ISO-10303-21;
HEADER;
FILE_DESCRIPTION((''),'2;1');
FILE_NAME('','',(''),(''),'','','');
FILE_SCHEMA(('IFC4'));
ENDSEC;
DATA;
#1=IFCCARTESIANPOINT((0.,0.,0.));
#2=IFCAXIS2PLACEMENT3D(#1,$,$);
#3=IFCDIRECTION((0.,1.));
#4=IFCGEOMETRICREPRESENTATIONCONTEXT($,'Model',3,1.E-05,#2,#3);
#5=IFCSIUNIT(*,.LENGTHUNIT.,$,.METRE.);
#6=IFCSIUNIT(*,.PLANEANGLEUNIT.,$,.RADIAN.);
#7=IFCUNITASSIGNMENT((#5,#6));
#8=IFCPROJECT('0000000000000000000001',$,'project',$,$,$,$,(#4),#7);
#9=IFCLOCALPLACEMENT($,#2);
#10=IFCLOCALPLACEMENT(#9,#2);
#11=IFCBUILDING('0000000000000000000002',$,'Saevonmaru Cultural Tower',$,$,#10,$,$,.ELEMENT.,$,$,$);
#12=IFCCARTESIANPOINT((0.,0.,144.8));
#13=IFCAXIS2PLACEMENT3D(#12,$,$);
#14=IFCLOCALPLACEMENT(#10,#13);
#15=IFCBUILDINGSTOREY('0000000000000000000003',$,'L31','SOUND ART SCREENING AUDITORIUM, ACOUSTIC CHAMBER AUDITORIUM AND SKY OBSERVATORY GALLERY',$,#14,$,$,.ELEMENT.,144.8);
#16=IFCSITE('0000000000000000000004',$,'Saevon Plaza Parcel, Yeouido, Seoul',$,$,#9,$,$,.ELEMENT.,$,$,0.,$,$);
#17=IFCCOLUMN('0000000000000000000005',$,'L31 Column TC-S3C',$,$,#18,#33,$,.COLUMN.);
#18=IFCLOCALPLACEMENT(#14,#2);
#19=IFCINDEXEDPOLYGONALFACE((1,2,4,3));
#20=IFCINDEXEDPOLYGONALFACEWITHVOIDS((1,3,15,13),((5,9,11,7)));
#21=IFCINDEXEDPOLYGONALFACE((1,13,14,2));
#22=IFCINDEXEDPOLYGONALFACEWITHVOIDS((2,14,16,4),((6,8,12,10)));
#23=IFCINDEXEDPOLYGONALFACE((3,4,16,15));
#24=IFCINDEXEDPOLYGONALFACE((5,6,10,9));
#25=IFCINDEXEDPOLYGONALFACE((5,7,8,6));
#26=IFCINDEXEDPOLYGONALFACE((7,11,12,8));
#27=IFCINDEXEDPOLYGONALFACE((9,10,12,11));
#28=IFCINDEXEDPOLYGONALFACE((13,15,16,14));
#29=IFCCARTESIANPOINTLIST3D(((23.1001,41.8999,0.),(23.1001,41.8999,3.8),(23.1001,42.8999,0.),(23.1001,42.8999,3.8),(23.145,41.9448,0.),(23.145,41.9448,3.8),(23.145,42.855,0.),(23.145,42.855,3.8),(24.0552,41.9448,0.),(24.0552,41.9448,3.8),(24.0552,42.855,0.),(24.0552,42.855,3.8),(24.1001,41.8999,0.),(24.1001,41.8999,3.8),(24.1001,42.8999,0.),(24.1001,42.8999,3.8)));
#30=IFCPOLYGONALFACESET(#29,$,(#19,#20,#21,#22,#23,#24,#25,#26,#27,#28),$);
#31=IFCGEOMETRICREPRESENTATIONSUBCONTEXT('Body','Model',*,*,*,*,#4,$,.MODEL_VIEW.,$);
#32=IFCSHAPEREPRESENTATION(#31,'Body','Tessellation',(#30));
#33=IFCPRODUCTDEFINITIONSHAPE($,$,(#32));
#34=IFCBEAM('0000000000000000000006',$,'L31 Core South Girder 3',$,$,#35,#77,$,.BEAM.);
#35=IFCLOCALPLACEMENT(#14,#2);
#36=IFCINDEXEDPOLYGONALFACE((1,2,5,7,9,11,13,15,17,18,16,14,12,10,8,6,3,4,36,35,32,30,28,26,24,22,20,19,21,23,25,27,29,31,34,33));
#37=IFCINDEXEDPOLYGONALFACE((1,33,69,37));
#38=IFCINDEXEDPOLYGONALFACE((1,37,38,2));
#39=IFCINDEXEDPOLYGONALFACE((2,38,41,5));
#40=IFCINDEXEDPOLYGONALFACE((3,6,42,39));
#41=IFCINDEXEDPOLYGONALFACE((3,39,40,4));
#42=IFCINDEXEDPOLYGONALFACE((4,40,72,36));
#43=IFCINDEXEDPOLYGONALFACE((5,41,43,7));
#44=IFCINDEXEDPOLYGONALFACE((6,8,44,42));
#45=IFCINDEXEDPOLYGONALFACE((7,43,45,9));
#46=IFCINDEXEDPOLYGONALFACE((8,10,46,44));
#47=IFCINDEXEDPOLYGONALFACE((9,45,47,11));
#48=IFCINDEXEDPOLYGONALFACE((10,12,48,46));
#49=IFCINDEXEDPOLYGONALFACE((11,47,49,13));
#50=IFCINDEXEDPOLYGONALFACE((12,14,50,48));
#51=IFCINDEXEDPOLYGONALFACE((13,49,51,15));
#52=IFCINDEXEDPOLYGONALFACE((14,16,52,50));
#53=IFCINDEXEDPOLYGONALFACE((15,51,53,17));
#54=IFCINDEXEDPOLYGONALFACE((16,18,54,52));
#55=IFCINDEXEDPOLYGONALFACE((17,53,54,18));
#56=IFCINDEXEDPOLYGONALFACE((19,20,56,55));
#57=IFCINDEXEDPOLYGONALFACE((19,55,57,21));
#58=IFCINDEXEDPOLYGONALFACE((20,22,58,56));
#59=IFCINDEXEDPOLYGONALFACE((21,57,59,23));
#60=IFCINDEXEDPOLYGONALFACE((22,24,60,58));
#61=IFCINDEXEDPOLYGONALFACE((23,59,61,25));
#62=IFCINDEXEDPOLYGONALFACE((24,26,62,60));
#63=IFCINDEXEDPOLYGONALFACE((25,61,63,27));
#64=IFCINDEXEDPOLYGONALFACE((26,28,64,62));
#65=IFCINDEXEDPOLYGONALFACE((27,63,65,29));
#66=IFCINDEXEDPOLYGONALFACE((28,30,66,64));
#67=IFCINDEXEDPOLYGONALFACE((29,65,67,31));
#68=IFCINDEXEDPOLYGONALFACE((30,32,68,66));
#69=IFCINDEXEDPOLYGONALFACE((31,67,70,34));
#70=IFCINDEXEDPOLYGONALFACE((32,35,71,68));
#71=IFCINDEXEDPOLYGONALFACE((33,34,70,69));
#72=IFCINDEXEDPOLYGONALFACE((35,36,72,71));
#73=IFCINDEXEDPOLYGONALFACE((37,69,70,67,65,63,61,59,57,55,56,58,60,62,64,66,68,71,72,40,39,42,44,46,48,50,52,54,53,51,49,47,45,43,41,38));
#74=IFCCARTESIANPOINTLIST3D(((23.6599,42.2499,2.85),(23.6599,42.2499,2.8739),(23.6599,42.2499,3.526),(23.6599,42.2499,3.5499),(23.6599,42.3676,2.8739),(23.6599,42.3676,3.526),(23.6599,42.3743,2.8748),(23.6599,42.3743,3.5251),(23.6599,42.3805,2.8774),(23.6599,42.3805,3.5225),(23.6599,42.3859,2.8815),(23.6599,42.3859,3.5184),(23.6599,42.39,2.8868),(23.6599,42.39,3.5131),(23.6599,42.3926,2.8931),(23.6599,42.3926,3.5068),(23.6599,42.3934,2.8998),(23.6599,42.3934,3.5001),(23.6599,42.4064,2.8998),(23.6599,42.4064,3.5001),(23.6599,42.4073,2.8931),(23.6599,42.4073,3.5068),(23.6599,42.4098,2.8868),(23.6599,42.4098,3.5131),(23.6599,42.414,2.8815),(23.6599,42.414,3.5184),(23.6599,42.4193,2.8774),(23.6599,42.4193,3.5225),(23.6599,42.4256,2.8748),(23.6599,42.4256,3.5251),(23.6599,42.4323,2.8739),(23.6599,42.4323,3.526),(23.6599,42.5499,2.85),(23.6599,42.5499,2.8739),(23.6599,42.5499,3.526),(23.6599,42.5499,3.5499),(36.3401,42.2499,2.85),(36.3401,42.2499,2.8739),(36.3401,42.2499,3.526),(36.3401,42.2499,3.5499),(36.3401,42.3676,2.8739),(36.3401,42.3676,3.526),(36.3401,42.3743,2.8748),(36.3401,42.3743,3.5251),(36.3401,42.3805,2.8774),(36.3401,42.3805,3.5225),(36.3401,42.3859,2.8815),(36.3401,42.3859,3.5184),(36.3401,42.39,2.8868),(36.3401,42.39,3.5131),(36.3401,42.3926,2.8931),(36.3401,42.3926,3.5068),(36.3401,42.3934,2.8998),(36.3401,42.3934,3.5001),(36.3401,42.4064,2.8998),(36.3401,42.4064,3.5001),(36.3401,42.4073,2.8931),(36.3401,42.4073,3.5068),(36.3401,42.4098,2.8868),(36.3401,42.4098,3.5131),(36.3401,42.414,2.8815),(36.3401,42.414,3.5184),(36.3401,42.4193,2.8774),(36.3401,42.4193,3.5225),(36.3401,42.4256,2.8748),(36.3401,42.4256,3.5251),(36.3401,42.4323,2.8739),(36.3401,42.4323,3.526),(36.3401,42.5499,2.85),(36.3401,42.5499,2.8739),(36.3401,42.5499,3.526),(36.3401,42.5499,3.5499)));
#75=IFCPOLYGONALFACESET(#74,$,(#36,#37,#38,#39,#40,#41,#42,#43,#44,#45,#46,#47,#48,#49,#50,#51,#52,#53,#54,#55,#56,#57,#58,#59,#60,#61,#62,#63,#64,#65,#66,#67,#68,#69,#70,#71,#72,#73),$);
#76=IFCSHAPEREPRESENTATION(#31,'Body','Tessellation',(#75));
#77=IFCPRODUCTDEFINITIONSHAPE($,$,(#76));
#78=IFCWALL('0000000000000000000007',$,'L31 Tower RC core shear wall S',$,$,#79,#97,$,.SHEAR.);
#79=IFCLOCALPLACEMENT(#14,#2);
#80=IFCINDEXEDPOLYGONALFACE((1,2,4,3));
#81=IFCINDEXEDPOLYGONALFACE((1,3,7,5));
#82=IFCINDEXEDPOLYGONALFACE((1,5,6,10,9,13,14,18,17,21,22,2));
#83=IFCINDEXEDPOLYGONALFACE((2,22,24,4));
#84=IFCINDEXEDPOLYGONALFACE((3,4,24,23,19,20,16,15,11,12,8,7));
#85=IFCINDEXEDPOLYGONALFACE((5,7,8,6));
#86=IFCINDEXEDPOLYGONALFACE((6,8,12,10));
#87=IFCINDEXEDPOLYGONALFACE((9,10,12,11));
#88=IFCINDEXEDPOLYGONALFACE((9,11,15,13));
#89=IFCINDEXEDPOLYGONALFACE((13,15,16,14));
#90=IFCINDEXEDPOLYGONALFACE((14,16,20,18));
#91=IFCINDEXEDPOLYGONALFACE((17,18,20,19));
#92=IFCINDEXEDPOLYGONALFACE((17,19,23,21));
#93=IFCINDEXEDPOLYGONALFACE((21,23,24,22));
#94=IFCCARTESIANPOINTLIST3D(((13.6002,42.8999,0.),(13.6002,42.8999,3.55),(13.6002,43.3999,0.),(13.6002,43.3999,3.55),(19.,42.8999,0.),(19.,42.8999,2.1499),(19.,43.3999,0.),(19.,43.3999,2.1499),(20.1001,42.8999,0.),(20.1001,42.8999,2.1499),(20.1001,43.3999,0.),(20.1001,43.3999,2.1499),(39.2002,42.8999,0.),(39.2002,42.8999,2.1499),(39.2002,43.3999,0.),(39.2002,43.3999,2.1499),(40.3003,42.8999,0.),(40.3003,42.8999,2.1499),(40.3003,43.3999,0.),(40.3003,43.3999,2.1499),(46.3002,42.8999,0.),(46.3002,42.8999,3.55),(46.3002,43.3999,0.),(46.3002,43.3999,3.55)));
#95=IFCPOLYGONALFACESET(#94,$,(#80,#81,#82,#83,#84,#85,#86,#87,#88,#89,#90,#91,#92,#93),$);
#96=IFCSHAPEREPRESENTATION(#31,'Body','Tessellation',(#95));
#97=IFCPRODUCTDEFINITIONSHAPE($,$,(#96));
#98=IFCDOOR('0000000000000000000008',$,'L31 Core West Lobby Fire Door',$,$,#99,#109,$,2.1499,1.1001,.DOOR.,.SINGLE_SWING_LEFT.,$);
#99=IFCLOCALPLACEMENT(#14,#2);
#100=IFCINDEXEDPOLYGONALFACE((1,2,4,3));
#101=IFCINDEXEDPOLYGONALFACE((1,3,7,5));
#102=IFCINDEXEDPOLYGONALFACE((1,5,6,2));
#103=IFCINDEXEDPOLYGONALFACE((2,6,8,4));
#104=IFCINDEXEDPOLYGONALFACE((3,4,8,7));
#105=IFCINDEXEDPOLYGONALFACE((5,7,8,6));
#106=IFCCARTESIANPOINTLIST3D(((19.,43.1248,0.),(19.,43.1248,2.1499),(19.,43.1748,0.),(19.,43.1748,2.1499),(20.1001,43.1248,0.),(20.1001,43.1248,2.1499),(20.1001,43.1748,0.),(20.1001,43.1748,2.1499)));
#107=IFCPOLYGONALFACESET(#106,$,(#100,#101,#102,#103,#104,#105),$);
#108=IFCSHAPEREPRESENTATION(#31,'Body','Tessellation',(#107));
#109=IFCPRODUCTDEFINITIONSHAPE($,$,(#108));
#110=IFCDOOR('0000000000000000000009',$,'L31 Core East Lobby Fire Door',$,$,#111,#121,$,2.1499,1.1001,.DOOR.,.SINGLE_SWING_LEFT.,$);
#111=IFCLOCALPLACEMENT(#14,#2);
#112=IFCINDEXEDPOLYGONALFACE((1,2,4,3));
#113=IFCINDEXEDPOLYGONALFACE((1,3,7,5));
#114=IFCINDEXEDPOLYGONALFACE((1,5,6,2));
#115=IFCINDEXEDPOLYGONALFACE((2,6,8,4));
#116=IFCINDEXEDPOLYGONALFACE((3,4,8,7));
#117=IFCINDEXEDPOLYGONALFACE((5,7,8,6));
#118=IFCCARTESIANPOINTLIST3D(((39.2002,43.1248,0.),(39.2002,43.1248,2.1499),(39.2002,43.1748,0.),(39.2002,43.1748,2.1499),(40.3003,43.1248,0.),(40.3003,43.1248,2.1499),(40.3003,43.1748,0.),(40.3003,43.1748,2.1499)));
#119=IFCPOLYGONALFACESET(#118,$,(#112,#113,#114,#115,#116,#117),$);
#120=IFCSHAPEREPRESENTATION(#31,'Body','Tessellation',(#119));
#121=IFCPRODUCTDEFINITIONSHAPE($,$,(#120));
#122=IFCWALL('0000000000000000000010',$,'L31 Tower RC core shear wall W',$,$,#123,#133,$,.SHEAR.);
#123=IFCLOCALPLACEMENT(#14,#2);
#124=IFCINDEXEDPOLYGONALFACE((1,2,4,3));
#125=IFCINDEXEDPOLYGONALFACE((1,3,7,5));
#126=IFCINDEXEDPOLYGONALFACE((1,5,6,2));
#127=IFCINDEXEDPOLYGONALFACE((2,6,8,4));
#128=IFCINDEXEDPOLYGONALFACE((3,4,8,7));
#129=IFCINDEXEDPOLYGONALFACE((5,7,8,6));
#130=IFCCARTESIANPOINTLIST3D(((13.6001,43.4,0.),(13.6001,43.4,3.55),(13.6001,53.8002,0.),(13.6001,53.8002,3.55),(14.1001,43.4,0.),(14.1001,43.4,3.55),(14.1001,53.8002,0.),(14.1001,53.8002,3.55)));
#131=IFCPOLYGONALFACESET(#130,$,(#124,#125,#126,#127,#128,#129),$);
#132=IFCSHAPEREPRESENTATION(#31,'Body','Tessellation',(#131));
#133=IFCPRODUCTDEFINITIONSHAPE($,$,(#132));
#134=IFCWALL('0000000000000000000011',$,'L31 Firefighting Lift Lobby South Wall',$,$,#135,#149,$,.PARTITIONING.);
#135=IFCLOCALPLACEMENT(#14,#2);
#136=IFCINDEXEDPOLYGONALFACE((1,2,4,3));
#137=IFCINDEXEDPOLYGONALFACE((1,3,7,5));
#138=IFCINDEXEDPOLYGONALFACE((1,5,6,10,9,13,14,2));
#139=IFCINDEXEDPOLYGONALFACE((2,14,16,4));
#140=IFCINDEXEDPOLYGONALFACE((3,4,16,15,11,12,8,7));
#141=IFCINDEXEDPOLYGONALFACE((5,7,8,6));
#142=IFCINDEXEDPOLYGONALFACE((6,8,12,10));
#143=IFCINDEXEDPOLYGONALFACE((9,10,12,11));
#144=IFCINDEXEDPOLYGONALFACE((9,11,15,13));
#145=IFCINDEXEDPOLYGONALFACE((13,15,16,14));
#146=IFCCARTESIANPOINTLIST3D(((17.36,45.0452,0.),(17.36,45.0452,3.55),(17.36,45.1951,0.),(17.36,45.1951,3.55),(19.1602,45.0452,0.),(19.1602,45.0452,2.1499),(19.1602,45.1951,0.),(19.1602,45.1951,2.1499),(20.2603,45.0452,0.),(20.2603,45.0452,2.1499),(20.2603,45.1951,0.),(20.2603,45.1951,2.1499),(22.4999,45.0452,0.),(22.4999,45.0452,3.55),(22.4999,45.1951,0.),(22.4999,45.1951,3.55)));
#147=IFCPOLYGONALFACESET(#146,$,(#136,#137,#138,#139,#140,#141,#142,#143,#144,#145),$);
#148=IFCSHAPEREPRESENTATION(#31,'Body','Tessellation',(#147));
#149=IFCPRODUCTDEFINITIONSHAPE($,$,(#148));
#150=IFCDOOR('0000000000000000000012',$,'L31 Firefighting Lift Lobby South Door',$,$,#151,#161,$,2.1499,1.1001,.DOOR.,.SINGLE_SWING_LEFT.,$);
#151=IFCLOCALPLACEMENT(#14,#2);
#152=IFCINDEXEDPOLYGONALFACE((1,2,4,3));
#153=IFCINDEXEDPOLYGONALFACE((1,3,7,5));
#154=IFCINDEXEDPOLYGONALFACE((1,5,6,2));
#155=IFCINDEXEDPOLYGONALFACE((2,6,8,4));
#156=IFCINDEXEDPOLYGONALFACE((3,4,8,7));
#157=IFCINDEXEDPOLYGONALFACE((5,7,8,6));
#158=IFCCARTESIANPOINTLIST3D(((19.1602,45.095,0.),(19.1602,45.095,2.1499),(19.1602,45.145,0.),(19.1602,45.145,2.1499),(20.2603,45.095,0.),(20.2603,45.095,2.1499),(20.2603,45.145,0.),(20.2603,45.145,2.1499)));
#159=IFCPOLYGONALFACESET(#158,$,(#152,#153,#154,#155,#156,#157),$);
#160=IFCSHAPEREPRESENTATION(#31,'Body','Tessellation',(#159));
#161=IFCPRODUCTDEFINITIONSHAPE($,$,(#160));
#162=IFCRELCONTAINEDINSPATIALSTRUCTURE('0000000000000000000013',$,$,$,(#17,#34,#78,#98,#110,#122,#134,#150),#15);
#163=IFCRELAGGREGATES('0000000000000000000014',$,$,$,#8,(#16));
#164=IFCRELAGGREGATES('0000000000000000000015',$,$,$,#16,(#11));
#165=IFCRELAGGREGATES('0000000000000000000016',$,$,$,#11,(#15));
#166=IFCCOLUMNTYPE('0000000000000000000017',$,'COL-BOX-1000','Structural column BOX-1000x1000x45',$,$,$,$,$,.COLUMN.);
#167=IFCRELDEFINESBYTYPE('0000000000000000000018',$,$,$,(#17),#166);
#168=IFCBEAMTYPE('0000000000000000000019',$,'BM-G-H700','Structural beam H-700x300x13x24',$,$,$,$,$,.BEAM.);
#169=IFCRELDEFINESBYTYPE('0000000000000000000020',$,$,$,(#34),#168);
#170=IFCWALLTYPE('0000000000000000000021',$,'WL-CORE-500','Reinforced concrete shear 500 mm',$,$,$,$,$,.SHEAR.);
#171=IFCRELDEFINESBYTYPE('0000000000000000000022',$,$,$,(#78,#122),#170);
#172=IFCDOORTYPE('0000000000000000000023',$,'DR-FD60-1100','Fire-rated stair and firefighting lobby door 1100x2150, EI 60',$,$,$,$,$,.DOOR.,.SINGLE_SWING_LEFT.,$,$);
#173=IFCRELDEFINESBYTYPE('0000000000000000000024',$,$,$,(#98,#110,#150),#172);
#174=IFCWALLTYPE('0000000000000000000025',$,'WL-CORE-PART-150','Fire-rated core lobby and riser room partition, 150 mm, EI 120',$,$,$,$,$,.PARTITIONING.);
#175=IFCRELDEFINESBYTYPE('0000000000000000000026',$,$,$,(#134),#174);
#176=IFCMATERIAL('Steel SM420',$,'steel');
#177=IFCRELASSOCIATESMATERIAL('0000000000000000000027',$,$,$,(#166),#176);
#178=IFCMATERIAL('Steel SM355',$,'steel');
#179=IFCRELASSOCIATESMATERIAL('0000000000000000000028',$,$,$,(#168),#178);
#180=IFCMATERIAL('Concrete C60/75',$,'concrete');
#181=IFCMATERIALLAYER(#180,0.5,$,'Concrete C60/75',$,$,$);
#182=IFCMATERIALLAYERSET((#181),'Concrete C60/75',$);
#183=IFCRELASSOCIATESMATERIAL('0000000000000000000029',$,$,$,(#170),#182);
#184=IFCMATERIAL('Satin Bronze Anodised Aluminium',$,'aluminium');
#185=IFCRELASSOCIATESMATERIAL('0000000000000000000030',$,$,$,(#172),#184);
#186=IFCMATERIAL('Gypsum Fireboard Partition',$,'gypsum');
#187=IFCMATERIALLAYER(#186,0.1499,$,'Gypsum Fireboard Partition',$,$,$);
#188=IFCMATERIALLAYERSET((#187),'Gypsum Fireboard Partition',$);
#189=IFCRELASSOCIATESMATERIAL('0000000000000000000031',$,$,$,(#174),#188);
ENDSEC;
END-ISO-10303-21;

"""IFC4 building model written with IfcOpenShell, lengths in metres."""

from ifc_helpers import new_model, si_unit, direction, frame, frame_2d, origin, origin_2d, place, context, subcontext, project, spatial, rectangle, hollow_rectangle, i_section, extrude, material, layer, layer_set, material_profile, profile_set, type_object, element, fill, save


model = new_model("IFC4")

# Units and contexts
model_context = context("Model", 3, precision=1e-05, world=origin(), true_north=direction((0.0, 1.0)))
body_context = subcontext(model_context, "Body", "Model", "MODEL_VIEW")
ifc_project = project(units=[si_unit("LENGTHUNIT", "METRE"), si_unit("PLANEANGLEUNIT", "RADIAN")], contexts=[model_context])

# Site, building, storey
site_placement = place(None, origin())
site = spatial("IfcSite", under=ifc_project, at=site_placement, Name="Saevon Plaza Parcel, Yeouido, Seoul", CompositionType="ELEMENT", RefElevation=0.0)
building_placement = place(site_placement, origin())
building = spatial("IfcBuilding", under=site, at=building_placement, Name="Saevonmaru Cultural Tower", CompositionType="ELEMENT")
storey_placement = place(building_placement, frame((0.0, 0.0, 144.8)))
storey = spatial("IfcBuildingStorey", under=building, at=storey_placement, Name="L31", Description="SOUND ART SCREENING AUDITORIUM, ACOUSTIC CHAMBER AUDITORIUM AND SKY OBSERVATORY GALLERY", CompositionType="ELEMENT", Elevation=144.8)

# Column
ifc_material_1 = material(Name="Steel SM420", Category="steel")
ifc_material_profile_1 = material_profile(ifc_material_1, hollow_rectangle(XDim=1.0, YDim=1.0, WallThickness=0.0449, at=origin_2d()), Name="BOX-1000x1000x45")
ifc_profile_set_1 = profile_set([ifc_material_profile_1], Name="Steel SM420")
column_type = type_object("IfcColumnType", Name="COL-BOX-1000", Description="Structural column BOX-1000x1000x45", PredefinedType="COLUMN", material=ifc_profile_set_1)
column_placement = place(storey_placement, frame((23.6001, 42.3999, 0.0), z_axis=(0.0, 0.0, 1.0), x_axis=(1.0, 0.0, 0.0)))
element("IfcColumn", 1, at=column_placement, inside=storey, type_object=column_type, Name="L31 Column TC-S3C", PredefinedType="COLUMN", context=body_context, shape_type="SweptSolid", body=[
    extrude(hollow_rectangle(XDim=1.0, YDim=1.0, WallThickness=0.0449, at=origin_2d()), origin(), (0.0, 0.0, 1.0), 3.8),
])

# Beam
ifc_material_2 = material(Name="Steel SM355", Category="steel")
ifc_material_profile_2 = material_profile(ifc_material_2, i_section(OverallWidth=0.3, OverallDepth=0.7, WebThickness=0.0129, FlangeThickness=0.0239, FilletRadius=0.0259, at=origin_2d()), Name="H-700x300x13x24")
ifc_profile_set_2 = profile_set([ifc_material_profile_2], Name="Steel SM355")
beam_type = type_object("IfcBeamType", Name="BM-G-H700", Description="Structural beam H-700x300x13x24", PredefinedType="BEAM", material=ifc_profile_set_2)
beam_placement = place(storey_placement, frame((23.6599, 42.3999, 3.2), z_axis=(1.0, 0.0, 0.0), x_axis=(0.0, 1.0, 0.0)))
element("IfcBeam", 2, at=beam_placement, inside=storey, type_object=beam_type, Name="L31 Core South Girder 3", PredefinedType="BEAM", context=body_context, shape_type="SweptSolid", body=[
    extrude(i_section(OverallWidth=0.3, OverallDepth=0.7, WebThickness=0.0129, FlangeThickness=0.0239, FilletRadius=0.0259, at=origin_2d()), origin(), (0.0, 0.0, 1.0), 12.6802),
])

# Wall, openings, doors
ifc_material_3 = material(Name="Concrete C60/75", Category="concrete")
ifc_layer_1 = layer(ifc_material_3, 0.5, Name="Concrete C60/75")
ifc_layer_set_1 = layer_set([ifc_layer_1], Name="Concrete C60/75")
wall_type_1 = type_object("IfcWallType", Name="WL-CORE-500", Description="Reinforced concrete shear 500 mm", PredefinedType="SHEAR", material=ifc_layer_set_1)
wall_1_placement = place(storey_placement, frame((13.6001, 43.1499, 0.0), z_axis=(0.0, 0.0, 1.0), x_axis=(1.0, 0.0, 0.0)))
wall_1 = element("IfcWall", 3, at=wall_1_placement, inside=storey, type_object=wall_type_1, Name="L31 Tower RC core shear wall S", PredefinedType="SHEAR", context=body_context, shape_type="SweptSolid", body=[
    extrude(rectangle(XDim=32.7, YDim=0.5, at=frame_2d((16.3501, 0.0))), origin(), (0.0, 0.0, 1.0), 3.55),
])
opening_1_placement = place(wall_1_placement, frame((5.3999, 0.0, 0.0)))
opening_1 = element("IfcOpeningElement", 4, at=opening_1_placement, cuts=wall_1, PredefinedType="OPENING", context=body_context, shape_type="SweptSolid", body=[
    extrude(rectangle(XDim=1.1001, YDim=2.1499, at=frame_2d((0.55, 1.075))), frame((0.0, 0.26, 0.0), z_axis=(0.0, -1.0, 0.0), x_axis=(1.0, 0.0, 0.0)), (0.0, 0.0, 1.0), 0.52),
])
opening_2_placement = place(wall_1_placement, frame((25.6001, 0.0, 0.0)))
opening_2 = element("IfcOpeningElement", 5, at=opening_2_placement, cuts=wall_1, PredefinedType="OPENING", context=body_context, shape_type="SweptSolid", body=[
    extrude(rectangle(XDim=1.1001, YDim=2.1499, at=frame_2d((0.55, 1.075))), frame((0.0, 0.26, 0.0), z_axis=(0.0, -1.0, 0.0), x_axis=(1.0, 0.0, 0.0)), (0.0, 0.0, 1.0), 0.52),
])
ifc_material_4 = material(Name="Satin Bronze Anodised Aluminium", Category="aluminium")
door_type_1 = type_object("IfcDoorType", Name="DR-FD60-1100", Description="Fire-rated stair and firefighting lobby door 1100x2150, EI 60", OperationType="SINGLE_SWING_LEFT", PredefinedType="DOOR", material=ifc_material_4)
door_1_placement = place(opening_1_placement, origin())
door_1 = element("IfcDoor", 6, at=door_1_placement, inside=storey, type_object=door_type_1, Name="L31 Core West Lobby Fire Door", OperationType="SINGLE_SWING_LEFT", OverallHeight=2.1499, OverallWidth=1.1001, PredefinedType="DOOR", context=body_context, shape_type="SweptSolid", body=[
    extrude(rectangle(XDim=1.1001, YDim=2.1499, at=frame_2d((0.55, 1.075))), frame((0.0, 0.0249, 0.0), z_axis=(0.0, -1.0, 0.0), x_axis=(1.0, 0.0, 0.0)), (0.0, 0.0, 1.0), 0.05),
])
fill(opening_1, door_1)
door_2_placement = place(opening_2_placement, origin())
door_2 = element("IfcDoor", 7, at=door_2_placement, inside=storey, type_object=door_type_1, Name="L31 Core East Lobby Fire Door", OperationType="SINGLE_SWING_LEFT", OverallHeight=2.1499, OverallWidth=1.1001, PredefinedType="DOOR", context=body_context, shape_type="SweptSolid", body=[
    extrude(rectangle(XDim=1.1001, YDim=2.1499, at=frame_2d((0.55, 1.075))), frame((0.0, 0.0249, 0.0), z_axis=(0.0, -1.0, 0.0), x_axis=(1.0, 0.0, 0.0)), (0.0, 0.0, 1.0), 0.05),
])
fill(opening_2, door_2)

# Wall
wall_2_placement = place(storey_placement, frame((13.8501, 43.3999, 0.0), z_axis=(0.0, 0.0, 1.0), x_axis=(0.0, 1.0, 0.0)))
element("IfcWall", 8, at=wall_2_placement, inside=storey, type_object=wall_type_1, Name="L31 Tower RC core shear wall W", PredefinedType="SHEAR", context=body_context, shape_type="SweptSolid", body=[
    extrude(rectangle(XDim=10.4001, YDim=0.5, at=frame_2d((5.2002, 0.0))), origin(), (0.0, 0.0, 1.0), 3.55),
])

# Wall, opening, door
ifc_material_5 = material(Name="Gypsum Fireboard Partition", Category="gypsum")
ifc_layer_2 = layer(ifc_material_5, 0.1499, Name="Gypsum Fireboard Partition")
ifc_layer_set_2 = layer_set([ifc_layer_2], Name="Gypsum Fireboard Partition")
wall_type_2 = type_object("IfcWallType", Name="WL-CORE-PART-150", Description="Fire-rated core lobby and riser room partition, 150 mm, EI 120", PredefinedType="PARTITIONING", material=ifc_layer_set_2)
wall_3_placement = place(storey_placement, frame((17.3601, 45.1201, 0.0), z_axis=(0.0, 0.0, 1.0), x_axis=(1.0, 0.0, 0.0)))
wall_3 = element("IfcWall", 9, at=wall_3_placement, inside=storey, type_object=wall_type_2, Name="L31 Firefighting Lift Lobby South Wall", PredefinedType="PARTITIONING", context=body_context, shape_type="SweptSolid", body=[
    extrude(rectangle(XDim=5.1399, YDim=0.1499, at=frame_2d((2.5698, 0.0))), origin(), (0.0, 0.0, 1.0), 3.55),
])
opening_3_placement = place(wall_3_placement, frame((1.8, 0.0, 0.0)))
opening_3 = element("IfcOpeningElement", 10, at=opening_3_placement, cuts=wall_3, PredefinedType="OPENING", context=body_context, shape_type="SweptSolid", body=[
    extrude(rectangle(XDim=1.1001, YDim=2.1499, at=frame_2d((0.55, 1.075))), frame((0.0, 0.085, 0.0), z_axis=(0.0, -1.0, 0.0), x_axis=(1.0, 0.0, 0.0)), (0.0, 0.0, 1.0), 0.1699),
])
door_3_placement = place(opening_3_placement, origin())
door_3 = element("IfcDoor", 11, at=door_3_placement, inside=storey, type_object=door_type_1, Name="L31 Firefighting Lift Lobby South Door", OperationType="SINGLE_SWING_LEFT", OverallHeight=2.1499, OverallWidth=1.1001, PredefinedType="DOOR", context=body_context, shape_type="SweptSolid", body=[
    extrude(rectangle(XDim=1.1001, YDim=2.1499, at=frame_2d((0.55, 1.075))), frame((0.0, 0.0249, 0.0), z_axis=(0.0, -1.0, 0.0), x_axis=(1.0, 0.0, 0.0)), (0.0, 0.0, 1.0), 0.05),
])
fill(opening_3, door_3)

save(model, "model.ifc")
